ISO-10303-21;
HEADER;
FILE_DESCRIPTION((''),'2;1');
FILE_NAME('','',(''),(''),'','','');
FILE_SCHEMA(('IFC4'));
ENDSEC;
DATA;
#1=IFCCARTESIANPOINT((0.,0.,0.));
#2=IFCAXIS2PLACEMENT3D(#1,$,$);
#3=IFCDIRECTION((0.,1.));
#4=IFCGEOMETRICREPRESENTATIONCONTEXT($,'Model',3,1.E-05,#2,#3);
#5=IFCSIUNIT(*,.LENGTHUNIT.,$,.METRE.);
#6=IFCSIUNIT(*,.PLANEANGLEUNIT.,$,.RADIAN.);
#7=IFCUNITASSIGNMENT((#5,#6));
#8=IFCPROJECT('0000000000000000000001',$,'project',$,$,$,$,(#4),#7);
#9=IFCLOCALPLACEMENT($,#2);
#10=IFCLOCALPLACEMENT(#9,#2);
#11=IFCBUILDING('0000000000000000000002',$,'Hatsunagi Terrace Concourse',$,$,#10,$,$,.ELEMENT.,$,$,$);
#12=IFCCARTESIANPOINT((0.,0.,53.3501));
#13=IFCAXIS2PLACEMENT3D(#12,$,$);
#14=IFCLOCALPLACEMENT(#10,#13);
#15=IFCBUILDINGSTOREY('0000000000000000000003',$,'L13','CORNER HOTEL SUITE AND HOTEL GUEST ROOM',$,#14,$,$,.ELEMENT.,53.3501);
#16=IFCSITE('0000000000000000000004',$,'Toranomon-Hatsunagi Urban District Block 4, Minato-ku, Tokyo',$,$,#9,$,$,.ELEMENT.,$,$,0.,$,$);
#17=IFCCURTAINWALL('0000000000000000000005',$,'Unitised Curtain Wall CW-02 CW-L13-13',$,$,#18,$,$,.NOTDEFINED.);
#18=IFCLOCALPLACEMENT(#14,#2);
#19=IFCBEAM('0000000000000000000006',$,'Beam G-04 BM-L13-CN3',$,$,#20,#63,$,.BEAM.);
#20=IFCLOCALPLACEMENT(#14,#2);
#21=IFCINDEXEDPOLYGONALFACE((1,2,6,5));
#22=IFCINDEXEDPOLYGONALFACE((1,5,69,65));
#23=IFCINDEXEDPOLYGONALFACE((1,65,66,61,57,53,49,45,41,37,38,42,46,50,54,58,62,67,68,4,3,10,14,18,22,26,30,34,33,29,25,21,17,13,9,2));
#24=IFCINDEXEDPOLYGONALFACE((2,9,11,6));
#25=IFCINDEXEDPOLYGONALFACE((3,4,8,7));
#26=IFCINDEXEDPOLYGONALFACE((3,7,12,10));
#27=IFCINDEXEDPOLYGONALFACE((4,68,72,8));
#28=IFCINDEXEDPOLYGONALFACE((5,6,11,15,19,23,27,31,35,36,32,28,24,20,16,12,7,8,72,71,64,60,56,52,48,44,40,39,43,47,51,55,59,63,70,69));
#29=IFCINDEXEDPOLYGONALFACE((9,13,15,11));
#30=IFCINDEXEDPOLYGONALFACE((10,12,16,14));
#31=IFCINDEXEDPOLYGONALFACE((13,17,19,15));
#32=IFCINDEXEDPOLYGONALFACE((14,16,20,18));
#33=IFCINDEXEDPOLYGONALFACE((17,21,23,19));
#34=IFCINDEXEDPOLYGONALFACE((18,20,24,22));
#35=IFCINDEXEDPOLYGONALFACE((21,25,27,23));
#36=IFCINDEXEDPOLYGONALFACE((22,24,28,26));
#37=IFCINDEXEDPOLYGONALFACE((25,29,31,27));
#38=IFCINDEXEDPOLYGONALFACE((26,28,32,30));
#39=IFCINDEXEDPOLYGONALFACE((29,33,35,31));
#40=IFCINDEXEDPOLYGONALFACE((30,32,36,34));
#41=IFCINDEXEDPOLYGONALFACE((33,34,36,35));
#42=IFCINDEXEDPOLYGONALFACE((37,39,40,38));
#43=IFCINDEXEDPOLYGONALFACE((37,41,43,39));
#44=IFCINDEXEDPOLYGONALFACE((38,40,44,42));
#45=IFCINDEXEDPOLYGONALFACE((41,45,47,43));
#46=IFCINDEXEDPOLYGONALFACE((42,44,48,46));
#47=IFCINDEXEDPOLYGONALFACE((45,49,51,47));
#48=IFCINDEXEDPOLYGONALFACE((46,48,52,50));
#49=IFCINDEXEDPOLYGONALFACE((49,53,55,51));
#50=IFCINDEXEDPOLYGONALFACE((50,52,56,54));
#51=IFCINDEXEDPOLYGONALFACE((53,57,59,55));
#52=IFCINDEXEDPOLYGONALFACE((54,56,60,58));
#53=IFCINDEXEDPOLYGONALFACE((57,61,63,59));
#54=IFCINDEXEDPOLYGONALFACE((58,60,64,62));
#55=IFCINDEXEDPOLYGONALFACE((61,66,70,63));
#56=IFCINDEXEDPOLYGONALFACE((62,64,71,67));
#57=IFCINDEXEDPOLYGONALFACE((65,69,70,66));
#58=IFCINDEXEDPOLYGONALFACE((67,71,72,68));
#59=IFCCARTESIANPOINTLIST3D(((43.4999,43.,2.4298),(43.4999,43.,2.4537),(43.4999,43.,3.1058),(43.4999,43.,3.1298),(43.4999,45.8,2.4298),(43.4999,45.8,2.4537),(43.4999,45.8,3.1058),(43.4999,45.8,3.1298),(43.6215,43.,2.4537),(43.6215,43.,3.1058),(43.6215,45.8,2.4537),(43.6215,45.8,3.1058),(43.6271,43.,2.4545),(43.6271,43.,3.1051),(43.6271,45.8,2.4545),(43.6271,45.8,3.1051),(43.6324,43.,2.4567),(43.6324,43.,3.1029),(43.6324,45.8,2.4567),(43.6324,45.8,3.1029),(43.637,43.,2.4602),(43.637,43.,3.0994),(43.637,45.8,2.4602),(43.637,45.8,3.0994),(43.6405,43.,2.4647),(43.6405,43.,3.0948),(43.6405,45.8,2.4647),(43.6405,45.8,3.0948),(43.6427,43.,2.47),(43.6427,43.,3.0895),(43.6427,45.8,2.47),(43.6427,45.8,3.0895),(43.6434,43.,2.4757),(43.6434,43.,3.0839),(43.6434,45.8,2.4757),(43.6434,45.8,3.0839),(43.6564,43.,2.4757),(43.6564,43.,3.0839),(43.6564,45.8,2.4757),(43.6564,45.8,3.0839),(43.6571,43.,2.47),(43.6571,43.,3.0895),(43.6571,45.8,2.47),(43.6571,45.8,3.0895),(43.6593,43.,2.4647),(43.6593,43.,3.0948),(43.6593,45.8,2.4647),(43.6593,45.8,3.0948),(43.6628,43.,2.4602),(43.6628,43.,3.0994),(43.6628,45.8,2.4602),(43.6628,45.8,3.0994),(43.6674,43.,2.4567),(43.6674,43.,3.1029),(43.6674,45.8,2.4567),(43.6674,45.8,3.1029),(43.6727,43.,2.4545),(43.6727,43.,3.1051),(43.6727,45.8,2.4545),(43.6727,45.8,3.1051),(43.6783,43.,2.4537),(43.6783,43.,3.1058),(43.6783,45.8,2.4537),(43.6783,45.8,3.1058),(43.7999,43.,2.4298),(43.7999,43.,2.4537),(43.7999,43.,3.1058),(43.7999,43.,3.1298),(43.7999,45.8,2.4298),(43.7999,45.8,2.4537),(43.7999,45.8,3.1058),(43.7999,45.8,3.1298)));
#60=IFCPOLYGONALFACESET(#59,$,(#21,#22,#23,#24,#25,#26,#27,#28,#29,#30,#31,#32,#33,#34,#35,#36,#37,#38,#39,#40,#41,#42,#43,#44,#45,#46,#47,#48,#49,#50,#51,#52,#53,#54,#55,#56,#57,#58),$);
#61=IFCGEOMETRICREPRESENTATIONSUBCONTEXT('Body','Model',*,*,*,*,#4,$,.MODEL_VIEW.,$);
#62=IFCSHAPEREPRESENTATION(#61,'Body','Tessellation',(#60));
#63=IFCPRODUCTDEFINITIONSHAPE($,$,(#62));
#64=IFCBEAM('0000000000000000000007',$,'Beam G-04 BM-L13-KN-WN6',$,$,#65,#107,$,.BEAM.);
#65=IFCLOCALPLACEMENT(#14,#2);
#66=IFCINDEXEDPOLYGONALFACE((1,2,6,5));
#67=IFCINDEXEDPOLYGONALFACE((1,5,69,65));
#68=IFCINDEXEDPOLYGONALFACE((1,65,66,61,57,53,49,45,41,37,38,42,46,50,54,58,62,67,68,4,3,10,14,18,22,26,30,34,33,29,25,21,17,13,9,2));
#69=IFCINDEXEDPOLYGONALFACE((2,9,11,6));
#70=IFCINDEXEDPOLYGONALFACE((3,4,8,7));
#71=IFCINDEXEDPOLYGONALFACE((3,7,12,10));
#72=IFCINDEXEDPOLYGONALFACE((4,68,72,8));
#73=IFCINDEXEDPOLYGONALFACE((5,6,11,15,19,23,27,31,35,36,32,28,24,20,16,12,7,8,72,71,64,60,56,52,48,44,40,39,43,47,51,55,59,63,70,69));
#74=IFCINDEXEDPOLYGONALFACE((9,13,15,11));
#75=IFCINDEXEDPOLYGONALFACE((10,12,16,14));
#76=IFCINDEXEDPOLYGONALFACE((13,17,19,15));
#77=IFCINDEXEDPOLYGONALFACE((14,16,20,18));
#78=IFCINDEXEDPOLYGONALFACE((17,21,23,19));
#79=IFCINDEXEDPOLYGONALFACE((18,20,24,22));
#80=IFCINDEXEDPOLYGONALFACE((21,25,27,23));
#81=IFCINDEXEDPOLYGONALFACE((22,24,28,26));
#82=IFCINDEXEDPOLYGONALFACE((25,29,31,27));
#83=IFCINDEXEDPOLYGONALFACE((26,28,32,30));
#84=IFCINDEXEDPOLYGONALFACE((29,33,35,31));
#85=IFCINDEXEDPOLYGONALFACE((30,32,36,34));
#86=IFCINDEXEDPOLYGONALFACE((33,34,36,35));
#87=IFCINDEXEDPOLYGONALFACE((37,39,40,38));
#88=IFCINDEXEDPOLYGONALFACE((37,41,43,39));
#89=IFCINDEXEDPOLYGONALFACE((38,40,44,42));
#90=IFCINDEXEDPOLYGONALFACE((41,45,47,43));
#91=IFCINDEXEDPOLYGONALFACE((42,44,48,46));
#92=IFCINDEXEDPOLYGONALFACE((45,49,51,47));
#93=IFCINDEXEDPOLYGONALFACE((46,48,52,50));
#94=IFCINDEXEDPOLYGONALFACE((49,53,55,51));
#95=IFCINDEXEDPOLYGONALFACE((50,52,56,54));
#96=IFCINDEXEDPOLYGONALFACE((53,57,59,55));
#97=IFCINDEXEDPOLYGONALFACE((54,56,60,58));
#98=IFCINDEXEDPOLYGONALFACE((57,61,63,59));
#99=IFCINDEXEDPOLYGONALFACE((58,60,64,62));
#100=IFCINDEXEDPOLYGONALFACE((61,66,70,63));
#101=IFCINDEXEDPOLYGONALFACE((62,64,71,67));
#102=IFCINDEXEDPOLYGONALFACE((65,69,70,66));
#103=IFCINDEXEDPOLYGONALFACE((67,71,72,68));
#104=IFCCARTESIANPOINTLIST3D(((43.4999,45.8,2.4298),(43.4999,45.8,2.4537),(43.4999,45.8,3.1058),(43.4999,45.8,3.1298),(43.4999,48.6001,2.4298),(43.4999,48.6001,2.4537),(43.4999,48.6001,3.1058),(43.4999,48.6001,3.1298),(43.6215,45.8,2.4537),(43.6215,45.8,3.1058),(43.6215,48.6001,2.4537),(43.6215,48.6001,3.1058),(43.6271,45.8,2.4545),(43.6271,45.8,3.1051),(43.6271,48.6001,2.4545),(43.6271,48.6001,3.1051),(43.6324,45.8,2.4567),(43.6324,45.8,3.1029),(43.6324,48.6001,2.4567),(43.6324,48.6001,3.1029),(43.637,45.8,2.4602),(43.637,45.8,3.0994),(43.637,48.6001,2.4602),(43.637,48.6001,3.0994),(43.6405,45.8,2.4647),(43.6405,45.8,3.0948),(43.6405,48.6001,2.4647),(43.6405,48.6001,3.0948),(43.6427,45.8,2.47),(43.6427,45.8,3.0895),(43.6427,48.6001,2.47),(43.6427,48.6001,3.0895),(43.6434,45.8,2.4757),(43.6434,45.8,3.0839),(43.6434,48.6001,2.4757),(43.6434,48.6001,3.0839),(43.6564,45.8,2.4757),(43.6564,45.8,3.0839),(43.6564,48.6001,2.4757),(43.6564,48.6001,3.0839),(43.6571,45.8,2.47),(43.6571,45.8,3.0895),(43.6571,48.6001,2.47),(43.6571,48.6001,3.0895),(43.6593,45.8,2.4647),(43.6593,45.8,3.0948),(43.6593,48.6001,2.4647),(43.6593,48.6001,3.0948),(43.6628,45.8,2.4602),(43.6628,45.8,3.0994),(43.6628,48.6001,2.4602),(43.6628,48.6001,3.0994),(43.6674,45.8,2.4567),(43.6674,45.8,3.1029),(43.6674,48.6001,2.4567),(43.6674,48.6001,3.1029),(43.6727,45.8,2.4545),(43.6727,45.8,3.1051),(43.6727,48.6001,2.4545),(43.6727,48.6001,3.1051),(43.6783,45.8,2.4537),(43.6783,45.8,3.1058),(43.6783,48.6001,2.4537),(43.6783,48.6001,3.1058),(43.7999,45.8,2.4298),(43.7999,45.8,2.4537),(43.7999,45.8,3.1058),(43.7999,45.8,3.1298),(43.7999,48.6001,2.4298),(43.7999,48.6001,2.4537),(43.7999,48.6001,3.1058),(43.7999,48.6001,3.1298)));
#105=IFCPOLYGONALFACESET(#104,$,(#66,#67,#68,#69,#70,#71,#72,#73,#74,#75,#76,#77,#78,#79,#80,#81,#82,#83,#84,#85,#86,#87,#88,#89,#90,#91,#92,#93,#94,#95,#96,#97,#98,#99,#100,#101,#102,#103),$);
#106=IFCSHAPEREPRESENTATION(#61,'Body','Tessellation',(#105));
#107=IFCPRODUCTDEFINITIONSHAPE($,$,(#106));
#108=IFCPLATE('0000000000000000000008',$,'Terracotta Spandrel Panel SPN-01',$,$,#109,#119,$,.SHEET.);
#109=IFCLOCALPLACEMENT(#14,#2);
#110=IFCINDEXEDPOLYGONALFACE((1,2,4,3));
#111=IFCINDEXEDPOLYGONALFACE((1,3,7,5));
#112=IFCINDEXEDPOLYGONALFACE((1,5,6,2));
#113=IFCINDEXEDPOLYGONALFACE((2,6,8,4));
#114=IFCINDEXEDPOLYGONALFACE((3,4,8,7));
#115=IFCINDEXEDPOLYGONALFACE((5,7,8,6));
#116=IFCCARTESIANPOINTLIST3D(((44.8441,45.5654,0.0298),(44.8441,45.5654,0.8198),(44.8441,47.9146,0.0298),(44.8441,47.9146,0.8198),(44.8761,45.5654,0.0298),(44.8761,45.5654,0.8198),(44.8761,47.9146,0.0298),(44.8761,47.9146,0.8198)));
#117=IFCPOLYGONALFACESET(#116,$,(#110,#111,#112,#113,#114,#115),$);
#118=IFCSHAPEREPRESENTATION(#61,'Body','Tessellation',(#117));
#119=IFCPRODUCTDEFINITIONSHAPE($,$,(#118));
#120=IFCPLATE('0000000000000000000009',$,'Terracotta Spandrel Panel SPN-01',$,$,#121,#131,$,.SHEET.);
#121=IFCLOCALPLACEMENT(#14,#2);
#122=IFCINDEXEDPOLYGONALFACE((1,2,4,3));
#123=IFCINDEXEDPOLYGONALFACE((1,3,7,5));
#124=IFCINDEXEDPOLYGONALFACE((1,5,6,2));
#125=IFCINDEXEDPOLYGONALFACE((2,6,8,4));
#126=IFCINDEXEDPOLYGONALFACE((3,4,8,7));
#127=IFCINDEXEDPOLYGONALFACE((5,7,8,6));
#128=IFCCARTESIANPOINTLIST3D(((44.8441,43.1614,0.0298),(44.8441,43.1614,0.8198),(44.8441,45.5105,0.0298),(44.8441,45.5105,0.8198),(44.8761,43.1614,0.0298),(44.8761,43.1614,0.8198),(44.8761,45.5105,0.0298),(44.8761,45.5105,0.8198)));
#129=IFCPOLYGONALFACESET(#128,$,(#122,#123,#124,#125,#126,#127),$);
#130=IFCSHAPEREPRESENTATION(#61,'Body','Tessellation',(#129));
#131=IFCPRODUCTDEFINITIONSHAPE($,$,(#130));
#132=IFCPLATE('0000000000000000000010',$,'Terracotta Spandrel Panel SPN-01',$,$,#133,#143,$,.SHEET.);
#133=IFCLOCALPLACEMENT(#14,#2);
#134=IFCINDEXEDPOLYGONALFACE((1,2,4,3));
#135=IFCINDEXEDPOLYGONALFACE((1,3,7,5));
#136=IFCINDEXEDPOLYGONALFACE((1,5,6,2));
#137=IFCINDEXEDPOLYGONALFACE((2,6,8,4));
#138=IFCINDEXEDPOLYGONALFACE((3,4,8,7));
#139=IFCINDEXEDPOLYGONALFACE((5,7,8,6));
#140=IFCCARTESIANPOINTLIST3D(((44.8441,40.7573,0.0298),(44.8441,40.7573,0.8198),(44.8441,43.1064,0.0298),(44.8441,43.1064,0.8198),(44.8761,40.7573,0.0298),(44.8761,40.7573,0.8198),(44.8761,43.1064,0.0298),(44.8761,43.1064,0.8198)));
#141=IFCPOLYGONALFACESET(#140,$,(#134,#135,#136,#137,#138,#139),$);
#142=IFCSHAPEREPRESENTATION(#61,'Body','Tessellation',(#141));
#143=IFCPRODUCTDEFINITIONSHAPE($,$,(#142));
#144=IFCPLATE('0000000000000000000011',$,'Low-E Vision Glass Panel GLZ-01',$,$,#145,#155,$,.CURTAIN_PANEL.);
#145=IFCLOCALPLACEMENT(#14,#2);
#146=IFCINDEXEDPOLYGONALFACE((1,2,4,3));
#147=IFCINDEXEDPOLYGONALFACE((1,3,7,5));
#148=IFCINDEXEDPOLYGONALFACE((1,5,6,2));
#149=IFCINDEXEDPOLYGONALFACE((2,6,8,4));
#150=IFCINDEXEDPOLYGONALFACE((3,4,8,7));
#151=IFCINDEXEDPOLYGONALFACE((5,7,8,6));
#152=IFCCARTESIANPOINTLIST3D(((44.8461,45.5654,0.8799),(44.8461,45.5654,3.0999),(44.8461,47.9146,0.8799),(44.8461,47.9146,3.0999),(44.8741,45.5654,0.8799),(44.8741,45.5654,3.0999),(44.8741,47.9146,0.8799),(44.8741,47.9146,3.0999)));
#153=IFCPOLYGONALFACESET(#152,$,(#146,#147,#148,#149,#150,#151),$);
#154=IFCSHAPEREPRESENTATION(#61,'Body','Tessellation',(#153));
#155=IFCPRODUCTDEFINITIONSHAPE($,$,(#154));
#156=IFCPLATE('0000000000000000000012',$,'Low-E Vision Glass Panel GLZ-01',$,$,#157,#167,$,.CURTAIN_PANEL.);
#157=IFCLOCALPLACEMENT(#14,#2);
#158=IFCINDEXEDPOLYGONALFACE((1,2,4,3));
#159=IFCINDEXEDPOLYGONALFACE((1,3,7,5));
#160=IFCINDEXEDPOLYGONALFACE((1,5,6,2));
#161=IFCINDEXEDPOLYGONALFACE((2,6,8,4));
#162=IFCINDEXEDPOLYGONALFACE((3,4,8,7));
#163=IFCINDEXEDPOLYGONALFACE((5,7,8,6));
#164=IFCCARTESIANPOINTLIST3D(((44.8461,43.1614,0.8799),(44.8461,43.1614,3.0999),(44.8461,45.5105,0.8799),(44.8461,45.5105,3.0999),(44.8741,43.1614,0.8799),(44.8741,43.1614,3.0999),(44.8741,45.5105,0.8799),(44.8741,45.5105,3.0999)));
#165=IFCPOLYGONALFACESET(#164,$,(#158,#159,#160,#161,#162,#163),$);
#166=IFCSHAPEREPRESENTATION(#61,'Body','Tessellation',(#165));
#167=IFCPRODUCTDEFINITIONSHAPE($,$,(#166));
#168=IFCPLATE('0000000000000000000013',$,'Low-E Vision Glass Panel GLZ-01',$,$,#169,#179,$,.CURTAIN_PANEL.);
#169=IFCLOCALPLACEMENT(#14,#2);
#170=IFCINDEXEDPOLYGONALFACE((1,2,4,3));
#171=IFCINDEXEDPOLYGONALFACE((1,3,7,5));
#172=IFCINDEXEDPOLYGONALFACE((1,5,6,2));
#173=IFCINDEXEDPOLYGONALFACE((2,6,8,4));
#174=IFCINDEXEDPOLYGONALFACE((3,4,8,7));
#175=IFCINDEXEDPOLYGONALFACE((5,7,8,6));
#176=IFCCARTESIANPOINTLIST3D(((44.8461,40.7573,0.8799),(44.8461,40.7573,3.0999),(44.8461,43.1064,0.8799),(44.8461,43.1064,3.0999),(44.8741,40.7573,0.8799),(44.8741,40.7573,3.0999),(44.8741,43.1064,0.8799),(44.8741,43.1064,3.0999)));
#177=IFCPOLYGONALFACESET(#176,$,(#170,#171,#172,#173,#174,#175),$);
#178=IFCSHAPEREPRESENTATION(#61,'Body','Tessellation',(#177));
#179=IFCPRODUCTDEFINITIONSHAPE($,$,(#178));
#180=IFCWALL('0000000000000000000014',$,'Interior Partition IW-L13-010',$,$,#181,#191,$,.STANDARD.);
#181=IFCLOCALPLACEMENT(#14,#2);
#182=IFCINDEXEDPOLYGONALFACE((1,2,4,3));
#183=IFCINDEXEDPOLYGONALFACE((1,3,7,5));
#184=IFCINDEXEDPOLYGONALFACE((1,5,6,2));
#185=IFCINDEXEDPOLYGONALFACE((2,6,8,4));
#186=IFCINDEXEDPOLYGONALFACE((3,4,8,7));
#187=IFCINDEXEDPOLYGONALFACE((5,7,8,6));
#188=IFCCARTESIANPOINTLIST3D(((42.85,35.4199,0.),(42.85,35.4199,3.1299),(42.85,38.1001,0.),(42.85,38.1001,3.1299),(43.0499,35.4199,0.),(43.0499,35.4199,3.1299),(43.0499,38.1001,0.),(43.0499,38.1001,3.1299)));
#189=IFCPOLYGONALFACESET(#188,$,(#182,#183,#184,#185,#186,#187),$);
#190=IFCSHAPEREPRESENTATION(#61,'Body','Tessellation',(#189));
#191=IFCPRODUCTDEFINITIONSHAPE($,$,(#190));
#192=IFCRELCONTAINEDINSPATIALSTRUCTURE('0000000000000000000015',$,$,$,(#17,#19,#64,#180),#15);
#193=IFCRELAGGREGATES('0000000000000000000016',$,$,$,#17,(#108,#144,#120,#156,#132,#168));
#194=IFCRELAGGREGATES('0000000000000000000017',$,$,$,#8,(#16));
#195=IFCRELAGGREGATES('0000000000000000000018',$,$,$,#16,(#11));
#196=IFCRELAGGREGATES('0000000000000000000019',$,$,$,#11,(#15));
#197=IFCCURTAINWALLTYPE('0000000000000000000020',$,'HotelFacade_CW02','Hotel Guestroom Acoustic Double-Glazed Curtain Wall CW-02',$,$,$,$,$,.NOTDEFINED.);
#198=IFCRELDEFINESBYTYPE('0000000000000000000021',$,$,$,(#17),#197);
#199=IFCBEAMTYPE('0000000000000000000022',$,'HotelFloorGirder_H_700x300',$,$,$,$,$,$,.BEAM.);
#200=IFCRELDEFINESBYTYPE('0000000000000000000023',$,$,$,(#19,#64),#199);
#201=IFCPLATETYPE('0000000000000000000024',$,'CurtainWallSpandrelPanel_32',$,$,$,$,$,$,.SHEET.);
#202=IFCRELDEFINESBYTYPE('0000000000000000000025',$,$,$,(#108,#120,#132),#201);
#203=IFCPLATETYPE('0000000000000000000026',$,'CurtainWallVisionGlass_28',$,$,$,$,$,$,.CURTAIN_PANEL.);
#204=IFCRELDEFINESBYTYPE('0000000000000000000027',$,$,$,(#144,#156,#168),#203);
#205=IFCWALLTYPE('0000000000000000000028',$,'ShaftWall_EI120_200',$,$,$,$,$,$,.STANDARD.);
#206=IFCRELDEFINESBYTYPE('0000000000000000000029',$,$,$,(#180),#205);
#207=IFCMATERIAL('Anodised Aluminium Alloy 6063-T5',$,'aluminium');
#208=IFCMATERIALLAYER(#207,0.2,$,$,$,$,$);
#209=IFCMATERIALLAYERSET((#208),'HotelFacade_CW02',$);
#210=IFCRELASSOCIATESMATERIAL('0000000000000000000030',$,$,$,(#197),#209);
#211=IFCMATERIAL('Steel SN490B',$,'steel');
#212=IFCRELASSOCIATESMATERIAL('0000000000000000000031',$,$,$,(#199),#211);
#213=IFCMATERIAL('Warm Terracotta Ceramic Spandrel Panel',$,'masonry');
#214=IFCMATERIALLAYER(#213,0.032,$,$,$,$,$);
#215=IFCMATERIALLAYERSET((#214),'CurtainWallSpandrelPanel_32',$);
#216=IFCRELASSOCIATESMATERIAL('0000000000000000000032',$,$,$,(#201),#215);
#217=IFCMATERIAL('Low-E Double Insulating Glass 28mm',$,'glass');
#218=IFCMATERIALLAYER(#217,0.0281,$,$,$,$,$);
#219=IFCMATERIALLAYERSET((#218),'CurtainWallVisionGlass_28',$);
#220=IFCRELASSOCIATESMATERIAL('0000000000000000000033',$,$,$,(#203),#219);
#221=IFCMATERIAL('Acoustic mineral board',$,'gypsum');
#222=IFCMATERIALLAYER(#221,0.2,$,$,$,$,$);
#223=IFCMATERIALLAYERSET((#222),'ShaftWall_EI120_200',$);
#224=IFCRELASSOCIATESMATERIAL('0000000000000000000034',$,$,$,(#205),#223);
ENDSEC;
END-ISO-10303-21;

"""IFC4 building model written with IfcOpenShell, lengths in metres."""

from ifc_helpers import new_model, si_unit, direction, frame, frame_2d, origin, origin_2d, place, context, subcontext, project, spatial, rectangle, i_section, extrude, material, layer, layer_set, material_profile, profile_set, type_object, element, aggregate, save


model = new_model("IFC4")

# Units and contexts
model_context = context("Model", 3, precision=1e-05, world=origin(), true_north=direction((0.0, 1.0)))
body_context = subcontext(model_context, "Body", "Model", "MODEL_VIEW")
ifc_project = project(units=[si_unit("LENGTHUNIT", "METRE"), si_unit("PLANEANGLEUNIT", "RADIAN")], contexts=[model_context])

# Site, building, storey
site_placement = place(None, origin())
site = spatial("IfcSite", under=ifc_project, at=site_placement, Name="Toranomon-Hatsunagi Urban District Block 4, Minato-ku, Tokyo", CompositionType="ELEMENT", RefElevation=0.0)
building_placement = place(site_placement, origin())
building = spatial("IfcBuilding", under=site, at=building_placement, Name="Hatsunagi Terrace Concourse", CompositionType="ELEMENT")
storey_placement = place(building_placement, frame((0.0, 0.0, 53.3501)))
storey = spatial("IfcBuildingStorey", under=building, at=storey_placement, Name="L13", Description="CORNER HOTEL SUITE AND HOTEL GUEST ROOM", CompositionType="ELEMENT", Elevation=53.3501)

# Curtain wall
ifc_material_1 = material(Name="Anodised Aluminium Alloy 6063-T5", Category="aluminium")
ifc_layer_1 = layer(ifc_material_1, 0.2)
ifc_layer_set_1 = layer_set([ifc_layer_1], Name="HotelFacade_CW02")
curtain_wall_type = type_object("IfcCurtainWallType", Name="HotelFacade_CW02", Description="Hotel Guestroom Acoustic Double-Glazed Curtain Wall CW-02", PredefinedType="NOTDEFINED", material=ifc_layer_set_1)
curtain_wall_placement = place(storey_placement, origin())
curtain_wall = element("IfcCurtainWall", 1, at=curtain_wall_placement, inside=storey, type_object=curtain_wall_type, Name="Unitised Curtain Wall CW-02 CW-L13-13", PredefinedType="NOTDEFINED")

# Beams
ifc_material_2 = material(Name="Steel SN490B", Category="steel")
ifc_material_profile_1 = material_profile(ifc_material_2, i_section(OverallWidth=0.3, OverallDepth=0.7, WebThickness=0.0129, FlangeThickness=0.0239, FilletRadius=0.022, at=origin_2d()), Name="H-700x300x13x24")
ifc_profile_set_1 = profile_set([ifc_material_profile_1], Name="Steel SN490B")
beam_type = type_object("IfcBeamType", Name="HotelFloorGirder_H_700x300", PredefinedType="BEAM", material=ifc_profile_set_1)
for number, where, z_axis, x_axis, name in (
    (2, (43.6499, 43.0, 2.7798), (0.0, 1.0, 0.0), (-1.0, 0.0, 0.0), "Beam G-04 BM-L13-CN3"),
    (3, (43.6499, 45.8, 2.7798), (0.0, 1.0, 0.0), (-1.0, 0.0, 0.0), "Beam G-04 BM-L13-KN-WN6"),
):
    element("IfcBeam", number, at=place(storey_placement, frame(where, z_axis=z_axis, x_axis=x_axis)), inside=storey, type_object=beam_type, Name=name, PredefinedType="BEAM", context=body_context, shape_type="SweptSolid", body=[
        extrude(i_section(OverallWidth=0.3, OverallDepth=0.7, WebThickness=0.0129, FlangeThickness=0.0239, FilletRadius=0.022, at=origin_2d()), origin(), (0.0, 0.0, 1.0), 2.8),
    ])

# Plates
ifc_material_3 = material(Name="Warm Terracotta Ceramic Spandrel Panel", Category="masonry")
ifc_layer_2 = layer(ifc_material_3, 0.032)
ifc_layer_set_2 = layer_set([ifc_layer_2], Name="CurtainWallSpandrelPanel_32")
plate_type_1 = type_object("IfcPlateType", Name="CurtainWallSpandrelPanel_32", PredefinedType="SHEET", material=ifc_layer_set_2)
plate_1_placement = place(storey_placement, frame((44.8601, 46.74, 0.0298), z_axis=(0.0, 0.0, 1.0), x_axis=(0.0, -1.0, 0.0)))
plate_1 = element("IfcPlate", 4, at=plate_1_placement, type_object=plate_type_1, Name="Terracotta Spandrel Panel SPN-01", PredefinedType="SHEET", context=body_context, shape_type="SweptSolid", body=[
    extrude(rectangle(XDim=2.3491, YDim=0.032, at=origin_2d()), origin(), (0.0, 0.0, 1.0), 0.79),
])
plate_2_placement = place(storey_placement, frame((44.8601, 44.3359, 0.0298), z_axis=(0.0, 0.0, 1.0), x_axis=(0.0, -1.0, 0.0)))
plate_2 = element("IfcPlate", 5, at=plate_2_placement, type_object=plate_type_1, Name="Terracotta Spandrel Panel SPN-01", PredefinedType="SHEET", context=body_context, shape_type="SweptSolid", body=[
    extrude(rectangle(XDim=2.3491, YDim=0.032, at=origin_2d()), origin(), (0.0, 0.0, 1.0), 0.79),
])
plate_3_placement = place(storey_placement, frame((44.8601, 41.9319, 0.0298), z_axis=(0.0, 0.0, 1.0), x_axis=(0.0, -1.0, 0.0)))
plate_3 = element("IfcPlate", 6, at=plate_3_placement, type_object=plate_type_1, Name="Terracotta Spandrel Panel SPN-01", PredefinedType="SHEET", context=body_context, shape_type="SweptSolid", body=[
    extrude(rectangle(XDim=2.3491, YDim=0.032, at=origin_2d()), origin(), (0.0, 0.0, 1.0), 0.79),
])
ifc_material_4 = material(Name="Low-E Double Insulating Glass 28mm", Category="glass")
ifc_layer_3 = layer(ifc_material_4, 0.0281)
ifc_layer_set_3 = layer_set([ifc_layer_3], Name="CurtainWallVisionGlass_28")
plate_type_2 = type_object("IfcPlateType", Name="CurtainWallVisionGlass_28", PredefinedType="CURTAIN_PANEL", material=ifc_layer_set_3)
plate_4_placement = place(storey_placement, frame((44.8601, 46.74, 0.8799), z_axis=(0.0, 0.0, 1.0), x_axis=(0.0, -1.0, 0.0)))
plate_4 = element("IfcPlate", 7, at=plate_4_placement, type_object=plate_type_2, Name="Low-E Vision Glass Panel GLZ-01", PredefinedType="CURTAIN_PANEL", context=body_context, shape_type="SweptSolid", body=[
    extrude(rectangle(XDim=2.3491, YDim=0.0281, at=origin_2d()), origin(), (0.0, 0.0, 1.0), 2.22),
])
plate_5_placement = place(storey_placement, frame((44.8601, 44.3359, 0.8799), z_axis=(0.0, 0.0, 1.0), x_axis=(0.0, -1.0, 0.0)))
plate_5 = element("IfcPlate", 8, at=plate_5_placement, type_object=plate_type_2, Name="Low-E Vision Glass Panel GLZ-01", PredefinedType="CURTAIN_PANEL", context=body_context, shape_type="SweptSolid", body=[
    extrude(rectangle(XDim=2.3491, YDim=0.0281, at=origin_2d()), origin(), (0.0, 0.0, 1.0), 2.22),
])
plate_6_placement = place(storey_placement, frame((44.8601, 41.9319, 0.8799), z_axis=(0.0, 0.0, 1.0), x_axis=(0.0, -1.0, 0.0)))
plate_6 = element("IfcPlate", 9, at=plate_6_placement, type_object=plate_type_2, Name="Low-E Vision Glass Panel GLZ-01", PredefinedType="CURTAIN_PANEL", context=body_context, shape_type="SweptSolid", body=[
    extrude(rectangle(XDim=2.3491, YDim=0.0281, at=origin_2d()), origin(), (0.0, 0.0, 1.0), 2.22),
])
aggregate(curtain_wall, [plate_1, plate_4, plate_2, plate_5, plate_3, plate_6])

# Wall
ifc_material_5 = material(Name="Acoustic mineral board", Category="gypsum")
ifc_layer_4 = layer(ifc_material_5, 0.2)
ifc_layer_set_4 = layer_set([ifc_layer_4], Name="ShaftWall_EI120_200")
wall_type_1 = type_object("IfcWallType", Name="ShaftWall_EI120_200", PredefinedType="STANDARD", material=ifc_layer_set_4)
wall_1_placement = place(storey_placement, frame((42.95, 35.4199, 0.0), z_axis=(0.0, 0.0, 1.0), x_axis=(0.0, 1.0, 0.0)))
element("IfcWall", 10, at=wall_1_placement, inside=storey, type_object=wall_type_1, Name="Interior Partition IW-L13-010", PredefinedType="STANDARD", context=body_context, shape_type="SweptSolid", body=[
    extrude(rectangle(XDim=2.6802, YDim=0.2, at=frame_2d((1.3401, 0.0))), origin(), (0.0, 0.0, 1.0), 3.1299),
])

save(model, "model.ifc")
